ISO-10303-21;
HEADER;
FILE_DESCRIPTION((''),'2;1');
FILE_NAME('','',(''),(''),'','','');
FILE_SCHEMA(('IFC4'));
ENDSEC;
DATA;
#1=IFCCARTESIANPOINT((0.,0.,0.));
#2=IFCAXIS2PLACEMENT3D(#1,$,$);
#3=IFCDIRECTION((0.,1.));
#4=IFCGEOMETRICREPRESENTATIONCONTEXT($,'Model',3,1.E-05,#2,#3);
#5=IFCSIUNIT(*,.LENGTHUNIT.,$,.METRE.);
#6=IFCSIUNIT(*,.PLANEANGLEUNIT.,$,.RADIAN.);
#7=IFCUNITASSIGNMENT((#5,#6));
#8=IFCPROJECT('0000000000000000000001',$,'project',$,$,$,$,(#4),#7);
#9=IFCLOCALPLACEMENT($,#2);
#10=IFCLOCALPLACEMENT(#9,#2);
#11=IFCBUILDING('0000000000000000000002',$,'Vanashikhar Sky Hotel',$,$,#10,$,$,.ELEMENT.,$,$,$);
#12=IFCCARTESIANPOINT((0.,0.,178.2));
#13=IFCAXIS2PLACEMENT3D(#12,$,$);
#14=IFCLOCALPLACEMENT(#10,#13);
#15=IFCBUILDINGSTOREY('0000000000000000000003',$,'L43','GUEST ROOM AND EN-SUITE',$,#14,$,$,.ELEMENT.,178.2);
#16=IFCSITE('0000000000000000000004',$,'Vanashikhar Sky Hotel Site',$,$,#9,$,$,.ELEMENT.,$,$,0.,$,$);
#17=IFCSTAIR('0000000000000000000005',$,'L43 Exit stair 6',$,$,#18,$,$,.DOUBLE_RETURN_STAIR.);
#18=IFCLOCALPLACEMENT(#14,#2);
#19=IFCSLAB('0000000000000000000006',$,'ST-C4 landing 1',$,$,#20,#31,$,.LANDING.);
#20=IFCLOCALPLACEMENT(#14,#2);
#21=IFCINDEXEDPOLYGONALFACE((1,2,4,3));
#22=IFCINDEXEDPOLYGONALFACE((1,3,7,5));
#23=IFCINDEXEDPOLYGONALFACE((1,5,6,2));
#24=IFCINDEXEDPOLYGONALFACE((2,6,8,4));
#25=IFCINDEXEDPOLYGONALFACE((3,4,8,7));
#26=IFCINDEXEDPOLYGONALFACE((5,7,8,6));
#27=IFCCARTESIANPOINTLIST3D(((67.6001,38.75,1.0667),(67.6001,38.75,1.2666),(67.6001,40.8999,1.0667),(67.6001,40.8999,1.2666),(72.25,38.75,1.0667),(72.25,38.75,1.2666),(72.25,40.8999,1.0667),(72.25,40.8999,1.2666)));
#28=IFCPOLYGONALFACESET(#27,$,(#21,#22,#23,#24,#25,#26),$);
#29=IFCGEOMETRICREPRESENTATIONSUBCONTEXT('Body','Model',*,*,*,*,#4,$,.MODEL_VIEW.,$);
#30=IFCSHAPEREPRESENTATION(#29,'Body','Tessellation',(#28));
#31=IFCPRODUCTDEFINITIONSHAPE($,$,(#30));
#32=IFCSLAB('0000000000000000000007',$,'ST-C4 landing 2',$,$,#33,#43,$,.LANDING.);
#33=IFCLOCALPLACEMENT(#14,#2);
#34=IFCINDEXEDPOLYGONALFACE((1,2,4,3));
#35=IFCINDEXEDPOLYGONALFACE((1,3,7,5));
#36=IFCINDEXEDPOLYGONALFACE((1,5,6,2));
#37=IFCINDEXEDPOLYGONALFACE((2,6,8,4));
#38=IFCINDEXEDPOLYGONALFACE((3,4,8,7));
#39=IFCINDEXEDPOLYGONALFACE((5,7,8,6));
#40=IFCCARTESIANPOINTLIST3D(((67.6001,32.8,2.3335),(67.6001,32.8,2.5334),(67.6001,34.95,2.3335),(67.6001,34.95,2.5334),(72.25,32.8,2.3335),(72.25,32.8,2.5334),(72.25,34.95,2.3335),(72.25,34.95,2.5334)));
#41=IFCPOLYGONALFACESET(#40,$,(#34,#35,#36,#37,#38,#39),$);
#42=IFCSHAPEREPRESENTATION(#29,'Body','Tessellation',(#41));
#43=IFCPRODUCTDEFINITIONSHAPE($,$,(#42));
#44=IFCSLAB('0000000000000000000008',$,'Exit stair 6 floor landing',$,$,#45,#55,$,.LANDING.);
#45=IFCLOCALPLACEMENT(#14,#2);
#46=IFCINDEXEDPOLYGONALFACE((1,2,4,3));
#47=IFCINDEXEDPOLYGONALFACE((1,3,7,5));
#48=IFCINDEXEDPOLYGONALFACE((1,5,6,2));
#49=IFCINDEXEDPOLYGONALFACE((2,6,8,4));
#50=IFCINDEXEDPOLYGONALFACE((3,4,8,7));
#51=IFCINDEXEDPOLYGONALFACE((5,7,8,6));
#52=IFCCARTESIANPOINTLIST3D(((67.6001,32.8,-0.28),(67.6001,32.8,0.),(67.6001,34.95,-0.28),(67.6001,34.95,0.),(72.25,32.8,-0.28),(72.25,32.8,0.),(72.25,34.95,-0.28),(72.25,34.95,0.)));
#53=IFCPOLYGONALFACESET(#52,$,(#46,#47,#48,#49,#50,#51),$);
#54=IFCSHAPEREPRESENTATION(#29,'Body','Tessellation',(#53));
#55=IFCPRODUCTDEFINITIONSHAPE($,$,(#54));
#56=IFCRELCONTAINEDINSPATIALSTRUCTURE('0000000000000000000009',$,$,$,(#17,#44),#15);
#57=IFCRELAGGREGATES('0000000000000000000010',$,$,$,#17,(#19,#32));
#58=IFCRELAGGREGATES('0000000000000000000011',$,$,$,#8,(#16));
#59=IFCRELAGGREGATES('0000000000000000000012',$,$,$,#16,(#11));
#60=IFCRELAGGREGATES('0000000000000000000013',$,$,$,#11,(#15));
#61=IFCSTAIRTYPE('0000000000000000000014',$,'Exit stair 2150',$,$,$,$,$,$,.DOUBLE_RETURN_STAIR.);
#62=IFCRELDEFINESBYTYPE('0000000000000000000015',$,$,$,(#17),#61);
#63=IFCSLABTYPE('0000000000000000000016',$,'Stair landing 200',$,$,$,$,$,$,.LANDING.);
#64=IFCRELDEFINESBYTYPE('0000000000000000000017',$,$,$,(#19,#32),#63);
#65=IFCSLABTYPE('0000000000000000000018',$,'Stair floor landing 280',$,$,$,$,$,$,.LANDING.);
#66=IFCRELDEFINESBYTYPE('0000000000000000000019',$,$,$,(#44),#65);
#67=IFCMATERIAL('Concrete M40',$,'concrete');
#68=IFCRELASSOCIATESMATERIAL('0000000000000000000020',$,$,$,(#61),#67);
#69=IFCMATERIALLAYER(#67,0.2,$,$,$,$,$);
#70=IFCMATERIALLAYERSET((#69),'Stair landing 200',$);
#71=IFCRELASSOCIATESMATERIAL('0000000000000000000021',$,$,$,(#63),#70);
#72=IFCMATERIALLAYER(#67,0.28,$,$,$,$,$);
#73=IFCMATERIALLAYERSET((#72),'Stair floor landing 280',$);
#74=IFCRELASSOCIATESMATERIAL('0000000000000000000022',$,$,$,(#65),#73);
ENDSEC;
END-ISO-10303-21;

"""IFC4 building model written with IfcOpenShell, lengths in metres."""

from ifc_helpers import new_model, si_unit, direction, frame, origin, place, context, subcontext, project, spatial, polyline, outline, extrude, source, transform, mapped, material, layer, layer_set, type_object, element, aggregate, save


model = new_model("IFC4")

# Units and contexts
model_context = context("Model", 3, precision=1e-05, world=origin(), true_north=direction((0.0, 1.0)))
body_context = subcontext(model_context, "Body", "Model", "MODEL_VIEW")
ifc_project = project(units=[si_unit("LENGTHUNIT", "METRE"), si_unit("PLANEANGLEUNIT", "RADIAN")], contexts=[model_context])

# Site, building, storey
site_placement = place(None, origin())
site = spatial("IfcSite", under=ifc_project, at=site_placement, Name="Vanashikhar Sky Hotel Site", CompositionType="ELEMENT", RefElevation=0.0)
building_placement = place(site_placement, origin())
building = spatial("IfcBuilding", under=site, at=building_placement, Name="Vanashikhar Sky Hotel", CompositionType="ELEMENT")
storey_placement = place(building_placement, frame((0.0, 0.0, 178.2)))
storey = spatial("IfcBuildingStorey", under=building, at=storey_placement, Name="L43", Description="GUEST ROOM AND EN-SUITE", CompositionType="ELEMENT", Elevation=178.2)

# Shared definitions
ifc_material = material(Name="Concrete M40", Category="concrete")

# Shared definitions
stair_type = type_object("IfcStairType", Name="Exit stair 2150", PredefinedType="DOUBLE_RETURN_STAIR", material=ifc_material)
ifc_layer_1 = layer(ifc_material, 0.2)
ifc_layer_set_1 = layer_set([ifc_layer_1], Name="Stair landing 200")
slab_type_1 = type_object("IfcSlabType", Name="Stair landing 200", PredefinedType="LANDING", material=ifc_layer_set_1)

# Shared definitions
ifc_layer_2 = layer(ifc_material, 0.28)
ifc_layer_set_2 = layer_set([ifc_layer_2], Name="Stair floor landing 280")
slab_type_2 = type_object("IfcSlabType", Name="Stair floor landing 280", PredefinedType="LANDING", material=ifc_layer_set_2)

# Stair, slabs
stair_1_placement = place(storey_placement, origin())
stair_1 = element("IfcStair", 1, at=stair_1_placement, inside=storey, type_object=stair_type, Name="L43 Exit stair 6", PredefinedType="DOUBLE_RETURN_STAIR")
shared_shape_1 = source(origin(), body_context, "Body", "SweptSolid", [
    extrude(outline(polyline([(72.25, 38.75), (72.25, 40.8999), (67.6001, 40.8999), (67.6001, 38.75), (72.25, 38.75)])), origin(), (0.0, 0.0, 1.0), 0.2),
])
slab_1_placement = place(storey_placement, frame((0.0, 0.0, 1.0667)))
slab_1 = element("IfcSlab", 2, at=slab_1_placement, type_object=slab_type_1, Name="ST-C4 landing 1", PredefinedType="LANDING", context=body_context, shape_type="MappedRepresentation", body=[
    mapped(shared_shape_1, transform((0.0, 0.0, 0.0), scale=1.0)),
])
shared_shape_2 = source(origin(), body_context, "Body", "SweptSolid", [
    extrude(outline(polyline([(72.25, 32.8), (72.25, 34.95), (67.6001, 34.95), (67.6001, 32.8), (72.25, 32.8)])), origin(), (0.0, 0.0, 1.0), 0.2),
])
slab_2_placement = place(storey_placement, frame((0.0, 0.0, 2.3335)))
slab_2 = element("IfcSlab", 3, at=slab_2_placement, type_object=slab_type_1, Name="ST-C4 landing 2", PredefinedType="LANDING", context=body_context, shape_type="MappedRepresentation", body=[
    mapped(shared_shape_2, transform((0.0, 0.0, 0.0), scale=1.0)),
])
aggregate(stair_1, [slab_1, slab_2])

# Slab
shared_shape_3 = source(origin(), body_context, "Body", "SweptSolid", [
    extrude(outline(polyline([(72.25, 32.8), (72.25, 34.95), (67.6001, 34.95), (67.6001, 32.8), (72.25, 32.8)])), origin(), (0.0, 0.0, 1.0), 0.28),
])
slab_3_placement = place(storey_placement, frame((0.0, 0.0, -0.28)))
element("IfcSlab", 4, at=slab_3_placement, inside=storey, type_object=slab_type_2, Name="Exit stair 6 floor landing", PredefinedType="LANDING", context=body_context, shape_type="MappedRepresentation", body=[
    mapped(shared_shape_3, transform((0.0, 0.0, 0.0), scale=1.0)),
])

save(model, "model.ifc")
